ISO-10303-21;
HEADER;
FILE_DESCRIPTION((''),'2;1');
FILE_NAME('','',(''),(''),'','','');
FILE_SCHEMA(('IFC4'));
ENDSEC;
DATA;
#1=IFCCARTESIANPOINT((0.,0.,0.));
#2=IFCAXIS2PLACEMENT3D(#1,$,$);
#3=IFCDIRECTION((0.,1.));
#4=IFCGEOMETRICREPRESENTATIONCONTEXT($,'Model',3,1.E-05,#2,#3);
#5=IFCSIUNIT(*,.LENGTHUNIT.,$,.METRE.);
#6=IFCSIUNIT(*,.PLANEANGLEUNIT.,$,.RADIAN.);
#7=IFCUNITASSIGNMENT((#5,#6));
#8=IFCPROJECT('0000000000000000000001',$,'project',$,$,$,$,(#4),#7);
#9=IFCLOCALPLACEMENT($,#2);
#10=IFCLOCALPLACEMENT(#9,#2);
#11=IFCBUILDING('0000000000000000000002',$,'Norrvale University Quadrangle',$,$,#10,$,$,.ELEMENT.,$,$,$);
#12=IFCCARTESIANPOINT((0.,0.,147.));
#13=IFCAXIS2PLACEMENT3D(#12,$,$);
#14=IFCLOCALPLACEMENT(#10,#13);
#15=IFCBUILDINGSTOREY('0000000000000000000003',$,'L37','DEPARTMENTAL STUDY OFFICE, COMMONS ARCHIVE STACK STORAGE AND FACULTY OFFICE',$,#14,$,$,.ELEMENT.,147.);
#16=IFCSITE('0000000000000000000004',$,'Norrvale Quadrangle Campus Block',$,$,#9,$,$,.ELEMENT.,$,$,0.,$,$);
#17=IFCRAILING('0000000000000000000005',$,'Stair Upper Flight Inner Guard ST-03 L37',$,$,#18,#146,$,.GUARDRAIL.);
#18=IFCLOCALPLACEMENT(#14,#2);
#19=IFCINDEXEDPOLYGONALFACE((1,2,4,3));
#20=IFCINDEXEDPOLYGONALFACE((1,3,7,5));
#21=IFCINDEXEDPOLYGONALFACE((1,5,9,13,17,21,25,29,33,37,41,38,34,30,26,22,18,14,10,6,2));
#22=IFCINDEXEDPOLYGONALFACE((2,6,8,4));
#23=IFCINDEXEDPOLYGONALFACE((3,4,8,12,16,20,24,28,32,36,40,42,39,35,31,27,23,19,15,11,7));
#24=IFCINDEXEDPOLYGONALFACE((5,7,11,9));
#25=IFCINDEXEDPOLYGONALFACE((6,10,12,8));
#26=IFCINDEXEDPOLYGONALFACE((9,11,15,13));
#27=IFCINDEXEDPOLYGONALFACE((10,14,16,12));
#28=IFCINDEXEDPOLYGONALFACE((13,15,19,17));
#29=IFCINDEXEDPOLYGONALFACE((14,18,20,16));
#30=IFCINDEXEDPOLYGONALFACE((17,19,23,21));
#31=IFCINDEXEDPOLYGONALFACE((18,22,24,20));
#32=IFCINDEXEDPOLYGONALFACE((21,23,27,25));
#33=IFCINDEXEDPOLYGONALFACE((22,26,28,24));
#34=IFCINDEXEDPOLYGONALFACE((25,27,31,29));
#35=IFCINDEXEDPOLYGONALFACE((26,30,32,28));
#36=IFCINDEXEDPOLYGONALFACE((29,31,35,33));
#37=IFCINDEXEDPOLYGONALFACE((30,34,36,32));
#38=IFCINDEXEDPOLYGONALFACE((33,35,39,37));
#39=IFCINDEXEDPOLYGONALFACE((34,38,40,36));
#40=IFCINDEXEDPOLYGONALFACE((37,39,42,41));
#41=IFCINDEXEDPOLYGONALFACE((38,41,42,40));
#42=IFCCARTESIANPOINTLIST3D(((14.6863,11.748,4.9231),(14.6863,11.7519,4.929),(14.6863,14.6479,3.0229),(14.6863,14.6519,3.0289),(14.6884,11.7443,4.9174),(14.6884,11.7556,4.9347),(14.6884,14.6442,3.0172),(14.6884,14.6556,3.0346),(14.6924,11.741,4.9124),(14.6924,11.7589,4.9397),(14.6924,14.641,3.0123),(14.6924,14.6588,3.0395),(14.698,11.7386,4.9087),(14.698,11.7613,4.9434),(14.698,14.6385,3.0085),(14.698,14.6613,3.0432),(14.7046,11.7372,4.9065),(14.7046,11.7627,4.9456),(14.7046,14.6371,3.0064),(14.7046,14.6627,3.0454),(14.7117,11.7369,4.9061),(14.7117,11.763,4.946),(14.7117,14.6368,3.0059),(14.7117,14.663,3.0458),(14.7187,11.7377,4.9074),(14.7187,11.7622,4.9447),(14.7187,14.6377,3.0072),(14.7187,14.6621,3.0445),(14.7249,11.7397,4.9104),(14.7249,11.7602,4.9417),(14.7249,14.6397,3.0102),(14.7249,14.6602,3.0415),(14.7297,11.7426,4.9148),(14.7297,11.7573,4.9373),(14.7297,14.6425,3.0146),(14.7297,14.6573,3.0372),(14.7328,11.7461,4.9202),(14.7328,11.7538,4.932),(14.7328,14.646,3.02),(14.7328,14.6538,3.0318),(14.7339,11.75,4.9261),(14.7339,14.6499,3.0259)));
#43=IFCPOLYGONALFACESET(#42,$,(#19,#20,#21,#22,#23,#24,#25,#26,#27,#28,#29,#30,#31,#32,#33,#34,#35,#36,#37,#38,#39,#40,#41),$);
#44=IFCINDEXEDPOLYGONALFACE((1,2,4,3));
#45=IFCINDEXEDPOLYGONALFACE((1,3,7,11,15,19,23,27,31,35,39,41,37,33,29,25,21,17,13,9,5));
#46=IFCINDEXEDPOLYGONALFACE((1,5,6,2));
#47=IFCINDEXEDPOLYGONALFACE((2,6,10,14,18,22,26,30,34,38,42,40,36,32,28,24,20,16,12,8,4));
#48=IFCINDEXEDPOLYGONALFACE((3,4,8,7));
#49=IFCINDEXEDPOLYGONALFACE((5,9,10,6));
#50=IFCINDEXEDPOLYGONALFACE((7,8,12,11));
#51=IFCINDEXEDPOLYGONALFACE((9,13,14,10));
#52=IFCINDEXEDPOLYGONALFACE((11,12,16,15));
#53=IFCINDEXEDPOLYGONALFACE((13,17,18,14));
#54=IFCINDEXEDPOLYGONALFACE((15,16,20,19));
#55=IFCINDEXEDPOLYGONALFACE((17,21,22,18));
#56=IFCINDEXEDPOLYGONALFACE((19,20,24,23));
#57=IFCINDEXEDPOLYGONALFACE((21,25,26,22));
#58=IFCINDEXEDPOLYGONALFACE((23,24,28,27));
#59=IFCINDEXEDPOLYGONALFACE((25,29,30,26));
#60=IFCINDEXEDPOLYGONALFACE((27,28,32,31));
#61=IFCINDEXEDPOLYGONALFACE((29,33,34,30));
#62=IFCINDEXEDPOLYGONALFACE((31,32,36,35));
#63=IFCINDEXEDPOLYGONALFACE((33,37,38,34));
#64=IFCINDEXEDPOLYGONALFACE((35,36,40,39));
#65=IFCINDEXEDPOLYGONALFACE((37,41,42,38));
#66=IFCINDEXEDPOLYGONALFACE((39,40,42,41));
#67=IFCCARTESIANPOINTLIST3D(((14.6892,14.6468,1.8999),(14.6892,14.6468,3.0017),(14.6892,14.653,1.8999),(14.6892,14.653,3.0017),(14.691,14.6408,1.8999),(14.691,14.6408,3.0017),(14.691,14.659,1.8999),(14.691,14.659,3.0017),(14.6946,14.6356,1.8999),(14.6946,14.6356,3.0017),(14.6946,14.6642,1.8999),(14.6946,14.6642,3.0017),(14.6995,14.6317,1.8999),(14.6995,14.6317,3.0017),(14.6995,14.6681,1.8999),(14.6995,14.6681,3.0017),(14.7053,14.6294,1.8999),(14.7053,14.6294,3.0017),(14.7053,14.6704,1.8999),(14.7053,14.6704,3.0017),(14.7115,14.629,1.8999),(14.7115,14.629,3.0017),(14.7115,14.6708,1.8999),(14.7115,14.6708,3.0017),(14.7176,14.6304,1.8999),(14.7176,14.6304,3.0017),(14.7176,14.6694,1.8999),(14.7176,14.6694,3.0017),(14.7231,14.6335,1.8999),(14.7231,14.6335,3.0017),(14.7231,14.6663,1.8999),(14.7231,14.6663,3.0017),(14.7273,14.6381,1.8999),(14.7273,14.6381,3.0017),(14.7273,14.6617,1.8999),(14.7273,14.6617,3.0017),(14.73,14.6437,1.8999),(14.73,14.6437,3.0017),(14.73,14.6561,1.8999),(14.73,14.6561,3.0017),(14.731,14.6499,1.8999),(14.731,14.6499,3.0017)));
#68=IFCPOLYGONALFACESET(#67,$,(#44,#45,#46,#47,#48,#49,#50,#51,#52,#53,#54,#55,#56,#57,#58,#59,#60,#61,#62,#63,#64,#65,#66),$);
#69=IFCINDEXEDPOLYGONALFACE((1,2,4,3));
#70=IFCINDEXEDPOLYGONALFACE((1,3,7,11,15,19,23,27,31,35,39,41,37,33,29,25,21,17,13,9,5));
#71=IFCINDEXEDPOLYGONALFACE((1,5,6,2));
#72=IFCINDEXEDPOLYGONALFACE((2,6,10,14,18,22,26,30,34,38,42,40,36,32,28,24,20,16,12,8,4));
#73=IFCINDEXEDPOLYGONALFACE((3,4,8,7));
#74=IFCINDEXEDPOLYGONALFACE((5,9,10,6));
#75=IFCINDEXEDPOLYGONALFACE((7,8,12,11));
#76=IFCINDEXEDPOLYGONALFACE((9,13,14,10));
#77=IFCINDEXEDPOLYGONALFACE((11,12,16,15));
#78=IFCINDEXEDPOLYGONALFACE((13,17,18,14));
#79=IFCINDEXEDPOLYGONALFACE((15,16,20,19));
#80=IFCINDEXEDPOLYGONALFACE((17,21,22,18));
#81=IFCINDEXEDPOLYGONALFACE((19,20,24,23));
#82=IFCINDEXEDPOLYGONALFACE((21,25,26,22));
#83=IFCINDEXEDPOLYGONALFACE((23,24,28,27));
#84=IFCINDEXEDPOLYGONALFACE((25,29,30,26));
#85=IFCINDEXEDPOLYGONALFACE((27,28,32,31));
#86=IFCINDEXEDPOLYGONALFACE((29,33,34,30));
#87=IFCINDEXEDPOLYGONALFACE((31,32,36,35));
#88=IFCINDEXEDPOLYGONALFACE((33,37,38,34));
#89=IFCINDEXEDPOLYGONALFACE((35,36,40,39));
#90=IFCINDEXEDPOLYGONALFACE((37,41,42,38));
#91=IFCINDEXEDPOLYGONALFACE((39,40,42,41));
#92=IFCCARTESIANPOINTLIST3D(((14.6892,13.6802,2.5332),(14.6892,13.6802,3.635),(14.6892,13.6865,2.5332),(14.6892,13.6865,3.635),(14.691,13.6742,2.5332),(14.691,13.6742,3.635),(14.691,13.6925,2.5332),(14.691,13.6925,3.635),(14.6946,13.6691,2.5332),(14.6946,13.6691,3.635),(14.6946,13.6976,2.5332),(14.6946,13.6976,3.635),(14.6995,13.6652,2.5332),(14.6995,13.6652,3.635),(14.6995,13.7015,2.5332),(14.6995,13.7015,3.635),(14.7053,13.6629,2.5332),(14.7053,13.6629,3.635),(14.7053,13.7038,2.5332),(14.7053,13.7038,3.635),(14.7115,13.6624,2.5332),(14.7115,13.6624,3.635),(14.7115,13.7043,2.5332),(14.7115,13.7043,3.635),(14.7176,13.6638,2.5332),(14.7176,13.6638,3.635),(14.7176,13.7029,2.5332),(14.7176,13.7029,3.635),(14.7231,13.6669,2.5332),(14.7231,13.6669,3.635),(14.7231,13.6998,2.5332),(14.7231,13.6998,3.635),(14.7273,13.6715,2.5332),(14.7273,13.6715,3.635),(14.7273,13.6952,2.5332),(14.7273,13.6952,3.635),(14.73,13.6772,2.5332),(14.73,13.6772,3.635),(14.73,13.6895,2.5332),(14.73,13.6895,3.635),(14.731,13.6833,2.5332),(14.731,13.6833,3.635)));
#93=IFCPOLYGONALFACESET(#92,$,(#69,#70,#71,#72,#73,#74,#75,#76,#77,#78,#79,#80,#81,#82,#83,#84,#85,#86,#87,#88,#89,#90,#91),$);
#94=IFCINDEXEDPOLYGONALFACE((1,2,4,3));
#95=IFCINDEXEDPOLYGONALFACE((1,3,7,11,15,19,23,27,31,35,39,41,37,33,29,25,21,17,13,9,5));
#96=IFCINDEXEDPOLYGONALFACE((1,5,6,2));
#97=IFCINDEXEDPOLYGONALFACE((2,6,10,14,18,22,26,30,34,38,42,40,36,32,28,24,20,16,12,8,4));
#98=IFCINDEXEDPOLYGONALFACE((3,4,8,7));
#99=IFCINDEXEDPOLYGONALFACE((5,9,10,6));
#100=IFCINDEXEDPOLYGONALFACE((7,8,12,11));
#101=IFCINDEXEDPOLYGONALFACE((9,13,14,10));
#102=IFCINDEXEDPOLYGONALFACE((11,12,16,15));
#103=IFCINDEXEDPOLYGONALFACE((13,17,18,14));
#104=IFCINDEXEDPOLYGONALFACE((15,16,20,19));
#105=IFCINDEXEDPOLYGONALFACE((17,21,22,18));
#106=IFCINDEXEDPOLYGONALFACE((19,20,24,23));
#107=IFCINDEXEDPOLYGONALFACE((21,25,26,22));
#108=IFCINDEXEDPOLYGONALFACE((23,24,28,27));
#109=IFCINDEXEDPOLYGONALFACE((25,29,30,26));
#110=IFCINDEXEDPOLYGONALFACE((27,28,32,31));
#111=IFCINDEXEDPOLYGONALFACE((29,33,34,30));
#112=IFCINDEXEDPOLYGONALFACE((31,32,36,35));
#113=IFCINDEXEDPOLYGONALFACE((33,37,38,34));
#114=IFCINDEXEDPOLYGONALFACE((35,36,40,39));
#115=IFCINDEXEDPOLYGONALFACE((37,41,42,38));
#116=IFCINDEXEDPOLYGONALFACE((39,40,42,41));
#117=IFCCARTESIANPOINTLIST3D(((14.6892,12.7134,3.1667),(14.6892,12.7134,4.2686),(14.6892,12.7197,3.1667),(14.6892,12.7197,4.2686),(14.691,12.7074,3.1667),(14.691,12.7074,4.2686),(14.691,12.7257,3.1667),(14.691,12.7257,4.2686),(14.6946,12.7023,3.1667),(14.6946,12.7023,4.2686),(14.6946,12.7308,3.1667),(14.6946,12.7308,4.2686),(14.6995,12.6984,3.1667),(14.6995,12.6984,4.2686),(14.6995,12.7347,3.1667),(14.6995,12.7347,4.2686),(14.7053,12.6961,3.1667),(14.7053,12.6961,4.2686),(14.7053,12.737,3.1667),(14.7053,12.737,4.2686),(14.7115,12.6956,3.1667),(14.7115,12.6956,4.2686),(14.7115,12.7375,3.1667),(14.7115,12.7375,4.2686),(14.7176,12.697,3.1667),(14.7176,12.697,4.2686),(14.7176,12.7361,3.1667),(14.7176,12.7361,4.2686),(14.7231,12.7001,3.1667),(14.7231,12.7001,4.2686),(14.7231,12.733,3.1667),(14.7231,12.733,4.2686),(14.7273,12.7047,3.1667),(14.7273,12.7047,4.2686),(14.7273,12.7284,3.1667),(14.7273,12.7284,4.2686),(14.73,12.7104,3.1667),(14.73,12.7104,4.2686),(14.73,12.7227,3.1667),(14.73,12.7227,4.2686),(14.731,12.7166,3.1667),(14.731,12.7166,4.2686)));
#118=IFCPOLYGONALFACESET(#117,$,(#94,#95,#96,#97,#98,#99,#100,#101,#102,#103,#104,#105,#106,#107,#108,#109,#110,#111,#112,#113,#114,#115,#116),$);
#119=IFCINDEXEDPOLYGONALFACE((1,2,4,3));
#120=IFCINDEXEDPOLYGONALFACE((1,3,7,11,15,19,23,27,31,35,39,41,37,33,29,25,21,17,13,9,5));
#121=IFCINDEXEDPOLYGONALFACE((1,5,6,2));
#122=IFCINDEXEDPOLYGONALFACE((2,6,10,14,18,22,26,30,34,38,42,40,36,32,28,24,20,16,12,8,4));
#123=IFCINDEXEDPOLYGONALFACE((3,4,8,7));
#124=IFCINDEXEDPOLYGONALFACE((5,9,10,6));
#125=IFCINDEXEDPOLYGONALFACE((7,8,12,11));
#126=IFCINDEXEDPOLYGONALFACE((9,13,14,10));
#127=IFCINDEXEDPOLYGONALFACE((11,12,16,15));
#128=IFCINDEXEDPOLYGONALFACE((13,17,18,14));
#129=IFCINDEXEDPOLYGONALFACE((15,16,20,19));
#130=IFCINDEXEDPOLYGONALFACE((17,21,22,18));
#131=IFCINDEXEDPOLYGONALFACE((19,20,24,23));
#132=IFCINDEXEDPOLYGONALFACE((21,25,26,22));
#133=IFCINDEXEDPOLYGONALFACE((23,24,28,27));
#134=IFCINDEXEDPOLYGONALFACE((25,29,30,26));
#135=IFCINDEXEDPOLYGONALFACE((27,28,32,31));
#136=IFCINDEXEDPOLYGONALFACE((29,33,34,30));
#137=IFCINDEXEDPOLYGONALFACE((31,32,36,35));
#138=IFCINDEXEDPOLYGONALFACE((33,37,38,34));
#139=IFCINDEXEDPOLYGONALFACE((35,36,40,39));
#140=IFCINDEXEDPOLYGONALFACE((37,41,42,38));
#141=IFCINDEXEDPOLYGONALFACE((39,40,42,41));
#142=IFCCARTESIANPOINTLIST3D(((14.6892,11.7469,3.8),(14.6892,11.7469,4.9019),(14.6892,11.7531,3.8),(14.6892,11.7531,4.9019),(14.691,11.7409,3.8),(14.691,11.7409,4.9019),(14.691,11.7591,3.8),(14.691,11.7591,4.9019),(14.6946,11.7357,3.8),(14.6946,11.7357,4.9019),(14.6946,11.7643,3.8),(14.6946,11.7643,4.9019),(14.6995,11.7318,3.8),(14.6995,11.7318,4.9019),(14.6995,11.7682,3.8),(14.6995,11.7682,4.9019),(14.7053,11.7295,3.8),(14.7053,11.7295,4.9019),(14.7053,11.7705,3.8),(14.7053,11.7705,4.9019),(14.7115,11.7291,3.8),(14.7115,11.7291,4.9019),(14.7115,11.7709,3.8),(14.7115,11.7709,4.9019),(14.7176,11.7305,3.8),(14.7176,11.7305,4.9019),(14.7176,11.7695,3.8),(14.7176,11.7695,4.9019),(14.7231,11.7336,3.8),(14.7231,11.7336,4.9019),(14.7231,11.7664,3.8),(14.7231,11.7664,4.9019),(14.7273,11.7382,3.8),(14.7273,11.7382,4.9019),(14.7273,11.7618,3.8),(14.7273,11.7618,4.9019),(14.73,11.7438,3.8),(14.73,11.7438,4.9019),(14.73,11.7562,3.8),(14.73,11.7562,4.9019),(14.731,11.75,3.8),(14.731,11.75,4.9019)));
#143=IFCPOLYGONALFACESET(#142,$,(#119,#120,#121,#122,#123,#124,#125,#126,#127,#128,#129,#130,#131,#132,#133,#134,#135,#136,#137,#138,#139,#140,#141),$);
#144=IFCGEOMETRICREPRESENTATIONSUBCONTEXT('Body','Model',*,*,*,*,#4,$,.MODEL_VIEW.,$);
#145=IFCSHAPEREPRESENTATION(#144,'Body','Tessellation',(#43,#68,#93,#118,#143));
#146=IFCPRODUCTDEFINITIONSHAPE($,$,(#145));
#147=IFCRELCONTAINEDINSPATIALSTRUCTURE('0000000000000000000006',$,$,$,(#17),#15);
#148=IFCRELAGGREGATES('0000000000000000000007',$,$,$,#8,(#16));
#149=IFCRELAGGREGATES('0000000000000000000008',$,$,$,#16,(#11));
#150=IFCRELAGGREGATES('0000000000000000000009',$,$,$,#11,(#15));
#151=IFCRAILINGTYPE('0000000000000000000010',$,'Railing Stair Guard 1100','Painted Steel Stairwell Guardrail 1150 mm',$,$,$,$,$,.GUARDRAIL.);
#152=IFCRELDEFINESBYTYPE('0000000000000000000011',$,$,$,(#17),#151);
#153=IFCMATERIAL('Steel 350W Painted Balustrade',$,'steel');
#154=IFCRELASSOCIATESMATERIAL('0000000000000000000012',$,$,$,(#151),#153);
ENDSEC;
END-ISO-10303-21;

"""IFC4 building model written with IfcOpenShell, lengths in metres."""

from ifc_helpers import new_model, si_unit, direction, frame, origin, origin_2d, place, context, subcontext, project, spatial, circle, extrude, material, type_object, element, save


model = new_model("IFC4")

# Units and contexts
model_context = context("Model", 3, precision=1e-05, world=origin(), true_north=direction((0.0, 1.0)))
body_context = subcontext(model_context, "Body", "Model", "MODEL_VIEW")
ifc_project = project(units=[si_unit("LENGTHUNIT", "METRE"), si_unit("PLANEANGLEUNIT", "RADIAN")], contexts=[model_context])

# Site, building, storey
site_placement = place(None, origin())
site = spatial("IfcSite", under=ifc_project, at=site_placement, Name="Norrvale Quadrangle Campus Block", CompositionType="ELEMENT", RefElevation=0.0)
building_placement = place(site_placement, origin())
building = spatial("IfcBuilding", under=site, at=building_placement, Name="Norrvale University Quadrangle", CompositionType="ELEMENT")
storey_placement = place(building_placement, frame((0.0, 0.0, 147.0)))
storey = spatial("IfcBuildingStorey", under=building, at=storey_placement, Name="L37", Description="DEPARTMENTAL STUDY OFFICE, COMMONS ARCHIVE STACK STORAGE AND FACULTY OFFICE", CompositionType="ELEMENT", Elevation=147.0)

# Railing
ifc_material_1 = material(Name="Steel 350W Painted Balustrade", Category="steel")
railing_type_1 = type_object("IfcRailingType", Name="Railing Stair Guard 1100", Description="Painted Steel Stairwell Guardrail 1150 mm", PredefinedType="GUARDRAIL", material=ifc_material_1)
railing_1_placement = place(storey_placement, frame((14.71, 14.6499, 1.8999)))
element("IfcRailing", 1, at=railing_1_placement, inside=storey, type_object=railing_type_1, Name="Stair Upper Flight Inner Guard ST-03 L37", PredefinedType="GUARDRAIL", context=body_context, shape_type="SweptSolid", body=[
    extrude(circle(Radius=0.0239, at=origin_2d()), frame((0.0, 0.0, 1.126), z_axis=(0.0, -0.836433, 0.548069), x_axis=(1.0, 0.0, 0.0)), (0.0, 0.0, 1.0), 3.467),
    extrude(circle(Radius=0.021, at=origin_2d()), origin(), (0.0, 0.0, 1.0), 1.1018),
    extrude(circle(Radius=0.021, at=origin_2d()), frame((0.0, -0.9666, 0.6333)), (0.0, 0.0, 1.0), 1.1018),
    extrude(circle(Radius=0.021, at=origin_2d()), frame((0.0, -1.9333, 1.2668)), (0.0, 0.0, 1.0), 1.1018),
    extrude(circle(Radius=0.021, at=origin_2d()), frame((0.0, -2.8999, 1.9001)), (0.0, 0.0, 1.0), 1.1018),
])

save(model, "model.ifc")
